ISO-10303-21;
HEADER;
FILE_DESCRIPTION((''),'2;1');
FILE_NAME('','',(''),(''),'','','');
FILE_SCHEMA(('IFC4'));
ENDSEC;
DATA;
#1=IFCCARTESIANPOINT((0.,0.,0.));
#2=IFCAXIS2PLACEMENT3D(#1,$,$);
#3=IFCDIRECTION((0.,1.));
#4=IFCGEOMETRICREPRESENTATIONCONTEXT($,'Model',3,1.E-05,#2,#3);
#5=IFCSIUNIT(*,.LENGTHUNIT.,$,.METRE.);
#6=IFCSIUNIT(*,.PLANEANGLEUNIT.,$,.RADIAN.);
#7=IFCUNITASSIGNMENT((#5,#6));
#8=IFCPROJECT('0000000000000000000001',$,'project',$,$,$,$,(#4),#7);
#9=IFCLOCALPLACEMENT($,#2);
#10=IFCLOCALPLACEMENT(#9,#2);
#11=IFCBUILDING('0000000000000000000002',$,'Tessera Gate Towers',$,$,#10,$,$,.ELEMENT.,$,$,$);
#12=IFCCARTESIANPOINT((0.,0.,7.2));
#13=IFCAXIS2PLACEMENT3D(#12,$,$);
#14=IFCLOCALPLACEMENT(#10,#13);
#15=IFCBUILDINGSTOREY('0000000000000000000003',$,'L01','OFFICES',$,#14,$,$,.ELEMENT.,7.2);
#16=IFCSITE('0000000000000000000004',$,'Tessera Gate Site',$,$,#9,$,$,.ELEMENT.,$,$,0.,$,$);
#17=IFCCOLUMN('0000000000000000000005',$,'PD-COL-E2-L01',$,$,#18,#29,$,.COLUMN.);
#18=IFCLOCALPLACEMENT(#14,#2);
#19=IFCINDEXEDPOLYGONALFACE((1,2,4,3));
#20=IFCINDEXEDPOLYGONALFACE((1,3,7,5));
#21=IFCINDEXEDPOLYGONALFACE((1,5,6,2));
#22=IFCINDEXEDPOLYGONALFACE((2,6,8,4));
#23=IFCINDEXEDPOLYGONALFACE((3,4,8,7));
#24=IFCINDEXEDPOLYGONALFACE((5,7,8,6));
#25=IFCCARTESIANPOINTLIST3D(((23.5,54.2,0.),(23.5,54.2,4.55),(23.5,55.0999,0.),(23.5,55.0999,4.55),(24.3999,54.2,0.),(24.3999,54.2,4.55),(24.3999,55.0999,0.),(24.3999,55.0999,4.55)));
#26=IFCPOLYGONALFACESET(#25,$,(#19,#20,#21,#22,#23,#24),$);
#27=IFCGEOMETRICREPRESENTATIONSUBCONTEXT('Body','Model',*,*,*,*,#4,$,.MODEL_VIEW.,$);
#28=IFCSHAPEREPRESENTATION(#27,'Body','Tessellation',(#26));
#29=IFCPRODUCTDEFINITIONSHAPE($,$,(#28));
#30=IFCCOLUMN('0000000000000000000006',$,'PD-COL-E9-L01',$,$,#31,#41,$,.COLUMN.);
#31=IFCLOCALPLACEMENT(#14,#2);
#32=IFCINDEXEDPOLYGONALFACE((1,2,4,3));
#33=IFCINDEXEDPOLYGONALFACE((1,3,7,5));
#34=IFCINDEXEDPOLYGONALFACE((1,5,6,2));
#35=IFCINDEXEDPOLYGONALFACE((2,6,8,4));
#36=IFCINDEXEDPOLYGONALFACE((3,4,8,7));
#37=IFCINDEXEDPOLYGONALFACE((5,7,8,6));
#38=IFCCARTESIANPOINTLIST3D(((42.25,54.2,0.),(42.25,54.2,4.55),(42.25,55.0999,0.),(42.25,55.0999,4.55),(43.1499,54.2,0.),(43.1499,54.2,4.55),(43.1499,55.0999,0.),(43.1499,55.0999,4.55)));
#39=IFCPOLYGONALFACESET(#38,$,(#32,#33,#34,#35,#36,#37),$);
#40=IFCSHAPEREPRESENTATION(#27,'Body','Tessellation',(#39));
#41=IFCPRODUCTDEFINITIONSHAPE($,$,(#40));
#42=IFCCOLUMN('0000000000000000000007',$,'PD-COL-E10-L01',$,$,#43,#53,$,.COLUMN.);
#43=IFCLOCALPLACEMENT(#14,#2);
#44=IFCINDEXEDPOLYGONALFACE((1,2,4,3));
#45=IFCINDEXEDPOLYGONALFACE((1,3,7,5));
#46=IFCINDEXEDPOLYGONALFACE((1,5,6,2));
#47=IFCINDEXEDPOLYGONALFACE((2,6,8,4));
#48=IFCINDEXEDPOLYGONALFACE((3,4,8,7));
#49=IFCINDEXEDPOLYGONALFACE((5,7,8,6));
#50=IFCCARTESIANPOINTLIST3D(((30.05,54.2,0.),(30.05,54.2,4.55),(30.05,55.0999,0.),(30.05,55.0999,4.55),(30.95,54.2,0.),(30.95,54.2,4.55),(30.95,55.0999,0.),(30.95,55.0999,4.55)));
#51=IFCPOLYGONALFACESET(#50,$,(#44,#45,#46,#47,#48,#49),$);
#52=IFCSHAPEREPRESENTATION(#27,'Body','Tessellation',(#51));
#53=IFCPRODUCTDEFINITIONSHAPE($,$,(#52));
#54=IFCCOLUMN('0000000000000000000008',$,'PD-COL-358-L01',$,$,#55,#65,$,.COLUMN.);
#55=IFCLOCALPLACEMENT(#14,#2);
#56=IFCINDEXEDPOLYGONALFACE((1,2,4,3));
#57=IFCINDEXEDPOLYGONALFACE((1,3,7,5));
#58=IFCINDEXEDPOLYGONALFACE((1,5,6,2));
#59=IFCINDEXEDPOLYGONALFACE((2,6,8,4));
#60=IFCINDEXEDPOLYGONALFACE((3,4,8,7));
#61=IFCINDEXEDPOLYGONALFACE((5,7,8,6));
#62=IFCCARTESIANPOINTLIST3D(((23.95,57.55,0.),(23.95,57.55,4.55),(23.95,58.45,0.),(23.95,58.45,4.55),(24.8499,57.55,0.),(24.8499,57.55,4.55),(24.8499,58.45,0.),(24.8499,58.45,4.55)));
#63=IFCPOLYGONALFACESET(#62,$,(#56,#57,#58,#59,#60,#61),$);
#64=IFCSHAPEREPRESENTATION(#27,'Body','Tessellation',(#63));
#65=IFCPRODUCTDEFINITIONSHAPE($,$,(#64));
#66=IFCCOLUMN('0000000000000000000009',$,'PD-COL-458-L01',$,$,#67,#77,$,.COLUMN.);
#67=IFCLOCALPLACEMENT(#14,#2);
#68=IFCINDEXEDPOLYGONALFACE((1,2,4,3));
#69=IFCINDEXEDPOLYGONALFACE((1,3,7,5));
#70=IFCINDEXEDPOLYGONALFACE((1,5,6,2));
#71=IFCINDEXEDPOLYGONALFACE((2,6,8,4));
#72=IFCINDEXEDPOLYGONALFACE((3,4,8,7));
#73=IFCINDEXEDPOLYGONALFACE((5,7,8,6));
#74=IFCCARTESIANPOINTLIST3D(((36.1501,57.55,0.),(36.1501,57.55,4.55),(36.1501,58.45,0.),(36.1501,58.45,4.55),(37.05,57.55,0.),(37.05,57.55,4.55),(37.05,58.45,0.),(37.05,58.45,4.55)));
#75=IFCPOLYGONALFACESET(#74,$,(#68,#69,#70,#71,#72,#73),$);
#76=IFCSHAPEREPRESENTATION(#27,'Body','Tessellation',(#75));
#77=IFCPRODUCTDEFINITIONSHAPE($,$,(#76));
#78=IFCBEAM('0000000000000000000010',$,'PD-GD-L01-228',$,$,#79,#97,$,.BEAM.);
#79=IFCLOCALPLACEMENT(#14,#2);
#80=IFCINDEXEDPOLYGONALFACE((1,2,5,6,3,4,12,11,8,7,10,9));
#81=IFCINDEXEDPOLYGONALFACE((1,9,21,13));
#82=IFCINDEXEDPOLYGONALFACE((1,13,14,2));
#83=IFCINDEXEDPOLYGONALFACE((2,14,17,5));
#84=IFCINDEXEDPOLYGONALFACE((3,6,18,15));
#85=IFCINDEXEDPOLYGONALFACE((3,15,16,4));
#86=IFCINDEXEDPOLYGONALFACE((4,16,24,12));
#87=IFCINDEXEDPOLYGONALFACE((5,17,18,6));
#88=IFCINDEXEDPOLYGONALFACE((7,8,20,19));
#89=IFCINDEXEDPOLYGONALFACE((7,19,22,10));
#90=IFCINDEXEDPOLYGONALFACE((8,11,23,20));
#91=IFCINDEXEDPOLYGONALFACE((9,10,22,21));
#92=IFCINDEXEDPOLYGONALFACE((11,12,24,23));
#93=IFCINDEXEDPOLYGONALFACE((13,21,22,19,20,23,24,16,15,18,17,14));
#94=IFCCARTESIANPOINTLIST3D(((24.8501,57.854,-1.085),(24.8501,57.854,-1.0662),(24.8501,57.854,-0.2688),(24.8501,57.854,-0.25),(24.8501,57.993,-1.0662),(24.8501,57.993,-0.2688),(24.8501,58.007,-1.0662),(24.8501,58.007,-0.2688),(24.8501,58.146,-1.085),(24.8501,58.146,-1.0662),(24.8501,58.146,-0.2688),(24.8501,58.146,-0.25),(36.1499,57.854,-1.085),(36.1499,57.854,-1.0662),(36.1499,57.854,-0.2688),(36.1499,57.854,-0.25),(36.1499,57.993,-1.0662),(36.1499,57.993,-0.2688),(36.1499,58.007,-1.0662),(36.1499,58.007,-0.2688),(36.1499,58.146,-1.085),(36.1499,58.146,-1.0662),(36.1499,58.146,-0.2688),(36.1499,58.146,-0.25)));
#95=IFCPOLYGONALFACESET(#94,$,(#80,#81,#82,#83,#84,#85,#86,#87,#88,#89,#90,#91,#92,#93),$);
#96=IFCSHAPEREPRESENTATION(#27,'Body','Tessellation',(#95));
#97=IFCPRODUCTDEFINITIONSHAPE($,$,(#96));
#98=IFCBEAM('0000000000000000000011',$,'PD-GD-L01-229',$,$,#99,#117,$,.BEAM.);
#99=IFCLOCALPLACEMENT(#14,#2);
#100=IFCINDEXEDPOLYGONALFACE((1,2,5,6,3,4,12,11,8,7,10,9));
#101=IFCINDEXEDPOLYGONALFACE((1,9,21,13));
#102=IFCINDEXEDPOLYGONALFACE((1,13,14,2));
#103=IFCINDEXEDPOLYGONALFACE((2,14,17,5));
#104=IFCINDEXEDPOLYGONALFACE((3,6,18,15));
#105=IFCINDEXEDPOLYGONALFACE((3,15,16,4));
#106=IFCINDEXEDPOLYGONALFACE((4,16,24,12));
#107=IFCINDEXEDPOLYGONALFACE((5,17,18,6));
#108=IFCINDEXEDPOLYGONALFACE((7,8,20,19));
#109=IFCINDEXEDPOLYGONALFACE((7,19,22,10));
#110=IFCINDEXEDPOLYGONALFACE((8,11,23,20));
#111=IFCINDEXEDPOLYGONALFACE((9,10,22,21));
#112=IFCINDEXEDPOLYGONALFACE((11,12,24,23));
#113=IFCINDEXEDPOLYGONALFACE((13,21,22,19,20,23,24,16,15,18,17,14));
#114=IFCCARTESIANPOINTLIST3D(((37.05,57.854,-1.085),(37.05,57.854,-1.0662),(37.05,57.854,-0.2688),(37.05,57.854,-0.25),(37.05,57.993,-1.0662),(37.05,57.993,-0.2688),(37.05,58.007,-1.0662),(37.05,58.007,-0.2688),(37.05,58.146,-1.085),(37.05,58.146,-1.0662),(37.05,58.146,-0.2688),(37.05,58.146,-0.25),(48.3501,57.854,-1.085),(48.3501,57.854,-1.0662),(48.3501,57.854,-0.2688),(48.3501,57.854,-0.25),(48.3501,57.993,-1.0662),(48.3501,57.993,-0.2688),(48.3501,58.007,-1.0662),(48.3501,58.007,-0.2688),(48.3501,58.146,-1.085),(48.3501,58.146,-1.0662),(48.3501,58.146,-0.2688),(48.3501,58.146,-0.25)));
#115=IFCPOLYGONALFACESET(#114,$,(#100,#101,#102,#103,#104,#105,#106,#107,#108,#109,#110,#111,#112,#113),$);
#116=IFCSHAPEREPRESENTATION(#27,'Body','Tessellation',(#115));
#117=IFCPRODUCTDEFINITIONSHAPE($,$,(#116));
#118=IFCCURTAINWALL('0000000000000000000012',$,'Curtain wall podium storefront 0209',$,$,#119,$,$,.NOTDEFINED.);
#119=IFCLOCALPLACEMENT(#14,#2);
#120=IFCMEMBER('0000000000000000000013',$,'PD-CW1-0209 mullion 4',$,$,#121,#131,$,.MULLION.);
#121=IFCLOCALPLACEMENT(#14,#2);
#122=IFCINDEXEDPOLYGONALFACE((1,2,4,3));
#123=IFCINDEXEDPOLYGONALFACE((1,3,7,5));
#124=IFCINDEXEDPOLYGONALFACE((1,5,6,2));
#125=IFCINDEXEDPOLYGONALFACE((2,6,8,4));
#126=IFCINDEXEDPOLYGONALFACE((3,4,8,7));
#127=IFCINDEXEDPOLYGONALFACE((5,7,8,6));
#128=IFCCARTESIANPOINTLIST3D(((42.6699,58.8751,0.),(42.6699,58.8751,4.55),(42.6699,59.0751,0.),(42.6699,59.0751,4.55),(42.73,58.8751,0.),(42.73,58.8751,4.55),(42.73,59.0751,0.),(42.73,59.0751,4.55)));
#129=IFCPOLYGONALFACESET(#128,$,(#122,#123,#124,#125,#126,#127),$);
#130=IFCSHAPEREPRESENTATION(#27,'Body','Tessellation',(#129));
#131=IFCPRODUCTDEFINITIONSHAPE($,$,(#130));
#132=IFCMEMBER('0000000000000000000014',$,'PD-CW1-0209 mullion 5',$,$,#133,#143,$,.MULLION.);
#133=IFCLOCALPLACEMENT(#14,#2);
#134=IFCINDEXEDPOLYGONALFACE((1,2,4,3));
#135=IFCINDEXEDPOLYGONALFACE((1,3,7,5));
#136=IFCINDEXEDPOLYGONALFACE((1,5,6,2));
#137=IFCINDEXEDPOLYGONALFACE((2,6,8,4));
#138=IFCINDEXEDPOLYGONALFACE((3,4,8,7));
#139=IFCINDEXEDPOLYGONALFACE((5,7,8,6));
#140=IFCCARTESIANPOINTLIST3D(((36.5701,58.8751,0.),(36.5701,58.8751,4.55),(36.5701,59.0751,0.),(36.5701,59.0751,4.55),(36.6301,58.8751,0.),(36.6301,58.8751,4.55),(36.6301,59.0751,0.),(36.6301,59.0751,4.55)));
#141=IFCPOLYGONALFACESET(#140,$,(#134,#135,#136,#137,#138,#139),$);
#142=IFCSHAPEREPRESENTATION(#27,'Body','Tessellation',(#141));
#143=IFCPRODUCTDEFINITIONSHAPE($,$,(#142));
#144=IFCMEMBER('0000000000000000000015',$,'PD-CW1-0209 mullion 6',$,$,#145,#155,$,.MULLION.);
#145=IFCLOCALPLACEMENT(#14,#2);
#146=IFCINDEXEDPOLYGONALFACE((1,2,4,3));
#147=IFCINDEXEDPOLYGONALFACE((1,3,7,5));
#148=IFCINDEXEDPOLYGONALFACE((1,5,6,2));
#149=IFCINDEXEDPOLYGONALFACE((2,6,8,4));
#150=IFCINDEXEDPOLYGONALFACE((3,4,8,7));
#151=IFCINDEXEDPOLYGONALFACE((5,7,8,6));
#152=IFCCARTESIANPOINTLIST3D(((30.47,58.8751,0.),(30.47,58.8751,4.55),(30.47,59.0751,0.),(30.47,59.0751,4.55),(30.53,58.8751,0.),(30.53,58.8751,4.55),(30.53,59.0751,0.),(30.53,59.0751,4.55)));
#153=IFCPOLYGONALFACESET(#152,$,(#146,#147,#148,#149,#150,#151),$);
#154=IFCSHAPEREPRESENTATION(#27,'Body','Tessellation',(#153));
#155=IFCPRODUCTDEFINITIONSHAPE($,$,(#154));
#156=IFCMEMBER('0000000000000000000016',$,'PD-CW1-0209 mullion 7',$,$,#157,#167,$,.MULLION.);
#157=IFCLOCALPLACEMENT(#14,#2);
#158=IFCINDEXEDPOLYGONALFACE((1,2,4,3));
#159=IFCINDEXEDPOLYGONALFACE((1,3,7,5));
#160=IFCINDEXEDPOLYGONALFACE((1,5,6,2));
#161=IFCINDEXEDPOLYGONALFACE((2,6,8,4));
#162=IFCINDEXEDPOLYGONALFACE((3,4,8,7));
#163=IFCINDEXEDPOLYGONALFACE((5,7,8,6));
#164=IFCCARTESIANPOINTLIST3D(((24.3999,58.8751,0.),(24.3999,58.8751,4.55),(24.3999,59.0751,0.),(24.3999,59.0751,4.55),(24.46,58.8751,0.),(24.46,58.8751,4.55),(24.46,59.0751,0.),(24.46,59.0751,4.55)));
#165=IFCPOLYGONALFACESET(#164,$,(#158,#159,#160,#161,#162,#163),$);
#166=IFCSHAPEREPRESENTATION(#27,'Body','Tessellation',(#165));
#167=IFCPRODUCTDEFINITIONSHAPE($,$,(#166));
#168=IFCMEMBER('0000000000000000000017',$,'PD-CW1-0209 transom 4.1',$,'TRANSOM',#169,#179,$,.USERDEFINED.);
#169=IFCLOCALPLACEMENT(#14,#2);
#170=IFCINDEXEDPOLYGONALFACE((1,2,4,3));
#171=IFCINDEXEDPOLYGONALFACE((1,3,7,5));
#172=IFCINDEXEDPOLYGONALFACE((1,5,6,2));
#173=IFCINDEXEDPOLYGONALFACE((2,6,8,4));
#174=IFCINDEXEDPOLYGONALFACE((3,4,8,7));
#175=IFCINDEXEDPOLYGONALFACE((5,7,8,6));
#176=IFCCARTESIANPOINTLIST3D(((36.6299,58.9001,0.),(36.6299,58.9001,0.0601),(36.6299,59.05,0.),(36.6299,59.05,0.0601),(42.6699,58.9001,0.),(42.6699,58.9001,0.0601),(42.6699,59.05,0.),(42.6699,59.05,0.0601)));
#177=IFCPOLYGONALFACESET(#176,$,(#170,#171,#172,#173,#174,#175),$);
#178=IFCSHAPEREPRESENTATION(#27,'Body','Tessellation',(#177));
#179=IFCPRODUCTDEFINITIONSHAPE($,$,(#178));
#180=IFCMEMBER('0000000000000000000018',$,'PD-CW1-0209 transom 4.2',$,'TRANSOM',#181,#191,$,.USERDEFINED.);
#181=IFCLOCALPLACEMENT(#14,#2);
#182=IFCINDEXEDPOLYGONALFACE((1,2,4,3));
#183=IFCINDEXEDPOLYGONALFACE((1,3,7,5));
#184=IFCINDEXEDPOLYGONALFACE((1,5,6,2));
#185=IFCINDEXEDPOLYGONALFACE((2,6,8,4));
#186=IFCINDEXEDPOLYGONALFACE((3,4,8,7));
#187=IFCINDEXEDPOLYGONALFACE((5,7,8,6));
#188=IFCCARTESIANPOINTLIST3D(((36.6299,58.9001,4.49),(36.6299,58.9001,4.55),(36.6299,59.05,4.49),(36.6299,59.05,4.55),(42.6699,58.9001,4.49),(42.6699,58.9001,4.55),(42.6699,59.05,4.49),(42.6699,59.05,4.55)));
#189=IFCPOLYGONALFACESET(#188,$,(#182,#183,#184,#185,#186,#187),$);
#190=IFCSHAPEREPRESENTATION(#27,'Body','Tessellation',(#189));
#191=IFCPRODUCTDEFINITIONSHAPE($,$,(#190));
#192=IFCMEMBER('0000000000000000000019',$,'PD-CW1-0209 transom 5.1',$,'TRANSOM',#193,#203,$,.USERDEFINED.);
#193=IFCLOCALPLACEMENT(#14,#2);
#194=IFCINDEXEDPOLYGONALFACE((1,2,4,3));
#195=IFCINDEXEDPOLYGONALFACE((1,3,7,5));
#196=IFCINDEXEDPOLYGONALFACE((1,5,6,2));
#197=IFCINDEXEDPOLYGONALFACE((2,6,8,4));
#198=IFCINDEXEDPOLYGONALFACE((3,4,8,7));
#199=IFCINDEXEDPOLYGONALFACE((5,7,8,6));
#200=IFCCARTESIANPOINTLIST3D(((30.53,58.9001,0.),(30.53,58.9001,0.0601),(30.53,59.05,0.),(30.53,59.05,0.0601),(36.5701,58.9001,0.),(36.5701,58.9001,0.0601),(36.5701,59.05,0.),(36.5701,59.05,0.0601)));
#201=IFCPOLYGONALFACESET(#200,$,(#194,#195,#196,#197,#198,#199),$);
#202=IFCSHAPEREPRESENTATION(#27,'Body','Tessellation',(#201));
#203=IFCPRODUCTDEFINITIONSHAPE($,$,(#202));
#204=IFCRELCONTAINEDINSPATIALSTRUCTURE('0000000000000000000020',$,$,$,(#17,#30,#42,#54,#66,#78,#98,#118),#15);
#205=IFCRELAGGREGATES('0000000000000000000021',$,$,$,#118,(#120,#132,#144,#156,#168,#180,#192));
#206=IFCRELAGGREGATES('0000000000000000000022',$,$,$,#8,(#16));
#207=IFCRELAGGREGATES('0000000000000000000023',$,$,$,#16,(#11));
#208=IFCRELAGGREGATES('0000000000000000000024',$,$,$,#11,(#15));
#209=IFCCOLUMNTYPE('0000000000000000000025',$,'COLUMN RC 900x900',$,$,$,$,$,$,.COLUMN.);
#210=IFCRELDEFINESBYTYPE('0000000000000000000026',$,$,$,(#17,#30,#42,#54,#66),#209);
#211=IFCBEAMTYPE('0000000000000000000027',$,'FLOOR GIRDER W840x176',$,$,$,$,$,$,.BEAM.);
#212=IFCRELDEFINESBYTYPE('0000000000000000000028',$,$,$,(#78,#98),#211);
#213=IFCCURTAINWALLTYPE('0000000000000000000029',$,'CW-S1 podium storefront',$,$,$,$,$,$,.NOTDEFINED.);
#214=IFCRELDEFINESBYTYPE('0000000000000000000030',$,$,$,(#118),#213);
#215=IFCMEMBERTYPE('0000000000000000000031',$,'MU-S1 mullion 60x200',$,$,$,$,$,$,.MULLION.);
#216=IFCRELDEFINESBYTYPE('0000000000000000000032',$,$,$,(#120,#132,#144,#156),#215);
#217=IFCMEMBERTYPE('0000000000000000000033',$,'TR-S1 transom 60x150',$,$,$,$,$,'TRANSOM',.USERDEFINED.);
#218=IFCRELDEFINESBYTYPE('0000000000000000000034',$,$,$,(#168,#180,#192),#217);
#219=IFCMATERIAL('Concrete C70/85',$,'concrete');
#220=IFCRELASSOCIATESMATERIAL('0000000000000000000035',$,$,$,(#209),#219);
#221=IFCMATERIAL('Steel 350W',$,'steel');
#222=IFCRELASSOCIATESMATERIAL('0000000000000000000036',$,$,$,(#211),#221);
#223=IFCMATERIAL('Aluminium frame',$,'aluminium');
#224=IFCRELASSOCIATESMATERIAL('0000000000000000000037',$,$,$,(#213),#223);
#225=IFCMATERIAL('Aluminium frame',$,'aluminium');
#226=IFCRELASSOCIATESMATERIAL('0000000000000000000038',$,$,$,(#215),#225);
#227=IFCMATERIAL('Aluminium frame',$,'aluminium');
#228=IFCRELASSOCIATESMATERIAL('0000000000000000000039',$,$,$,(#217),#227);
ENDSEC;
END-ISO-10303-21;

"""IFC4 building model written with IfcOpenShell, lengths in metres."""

from ifc_helpers import new_model, si_unit, direction, frame, origin, origin_2d, place, context, subcontext, project, spatial, rectangle, i_section, extrude, material, material_profile, profile_set, type_object, element, aggregate, save


model = new_model("IFC4")

# Units and contexts
model_context = context("Model", 3, precision=1e-05, world=origin(), true_north=direction((0.0, 1.0)))
body_context = subcontext(model_context, "Body", "Model", "MODEL_VIEW")
ifc_project = project(units=[si_unit("LENGTHUNIT", "METRE"), si_unit("PLANEANGLEUNIT", "RADIAN")], contexts=[model_context])

# Site, building, storey
site_placement = place(None, origin())
site = spatial("IfcSite", under=ifc_project, at=site_placement, Name="Tessera Gate Site", CompositionType="ELEMENT", RefElevation=0.0)
building_placement = place(site_placement, origin())
building = spatial("IfcBuilding", under=site, at=building_placement, Name="Tessera Gate Towers", CompositionType="ELEMENT")
storey_placement = place(building_placement, frame((0.0, 0.0, 7.2)))
storey = spatial("IfcBuildingStorey", under=building, at=storey_placement, Name="L01", Description="OFFICES", CompositionType="ELEMENT", Elevation=7.2)

# Columns
ifc_material_1 = material(Name="Concrete C70/85", Category="concrete")
ifc_material_profile_1 = material_profile(ifc_material_1, rectangle(XDim=0.8999, YDim=0.8999, at=origin_2d()), Name="RC 900x900")
ifc_profile_set_1 = profile_set([ifc_material_profile_1], Name="Concrete C70/85")
column_type = type_object("IfcColumnType", Name="COLUMN RC 900x900", PredefinedType="COLUMN", material=ifc_profile_set_1)
for number, where, z_axis, x_axis, name in (
    (1, (23.95, 54.6499, 0.0), (0.0, 0.0, 1.0), (1.0, 0.0, 0.0), "PD-COL-E2-L01"),
    (2, (42.7, 54.6499, 0.0), (0.0, 0.0, 1.0), (1.0, 0.0, 0.0), "PD-COL-E9-L01"),
    (3, (30.5, 54.6499, 0.0), (0.0, 0.0, 1.0), (1.0, 0.0, 0.0), "PD-COL-E10-L01"),
    (4, (24.3999, 58.0, 0.0), (0.0, 0.0, 1.0), (1.0, 0.0, 0.0), "PD-COL-358-L01"),
    (5, (36.6001, 58.0, 0.0), (0.0, 0.0, 1.0), (1.0, 0.0, 0.0), "PD-COL-458-L01"),
):
    element("IfcColumn", number, at=place(storey_placement, frame(where, z_axis=z_axis, x_axis=x_axis)), inside=storey, type_object=column_type, Name=name, PredefinedType="COLUMN", context=body_context, shape_type="SweptSolid", body=[
        extrude(rectangle(XDim=0.8999, YDim=0.8999, at=origin_2d()), origin(), (0.0, 0.0, 1.0), 4.55),
    ])

# Beams
ifc_material_2 = material(Name="Steel 350W", Category="steel")
ifc_material_profile_2 = material_profile(ifc_material_2, i_section(OverallWidth=0.292, OverallDepth=0.835, WebThickness=0.0139, FlangeThickness=0.0188, at=origin_2d()), Name="W840x176")
ifc_profile_set_2 = profile_set([ifc_material_profile_2], Name="Steel 350W")
beam_type = type_object("IfcBeamType", Name="FLOOR GIRDER W840x176", PredefinedType="BEAM", material=ifc_profile_set_2)
beam_1_placement = place(storey_placement, frame((24.8501, 58.0, -0.6675), z_axis=(1.0, 0.0, 0.0), x_axis=(0.0, 1.0, 0.0)))
element("IfcBeam", 6, at=beam_1_placement, inside=storey, type_object=beam_type, Name="PD-GD-L01-228", PredefinedType="BEAM", context=body_context, shape_type="SweptSolid", body=[
    extrude(i_section(OverallWidth=0.292, OverallDepth=0.835, WebThickness=0.0139, FlangeThickness=0.0188, at=origin_2d()), origin(), (0.0, 0.0, 1.0), 11.2998),
])
beam_2_placement = place(storey_placement, frame((37.05, 58.0, -0.6675), z_axis=(1.0, 0.0, 0.0), x_axis=(0.0, 1.0, 0.0)))
element("IfcBeam", 7, at=beam_2_placement, inside=storey, type_object=beam_type, Name="PD-GD-L01-229", PredefinedType="BEAM", context=body_context, shape_type="SweptSolid", body=[
    extrude(i_section(OverallWidth=0.292, OverallDepth=0.835, WebThickness=0.0139, FlangeThickness=0.0188, at=origin_2d()), origin(), (0.0, 0.0, 1.0), 11.3),
])

# Curtain wall, members
ifc_material_3 = material(Name="Aluminium frame", Category="aluminium")
curtain_wall_type = type_object("IfcCurtainWallType", Name="CW-S1 podium storefront", PredefinedType="NOTDEFINED", material=ifc_material_3)
curtain_wall_placement = place(storey_placement, origin())
curtain_wall = element("IfcCurtainWall", 8, at=curtain_wall_placement, inside=storey, type_object=curtain_wall_type, Name="Curtain wall podium storefront 0209", PredefinedType="NOTDEFINED")
ifc_material_4 = material(Name="Aluminium frame", Category="aluminium")
ifc_material_profile_3 = material_profile(ifc_material_4, rectangle(XDim=0.0601, YDim=0.2, at=origin_2d()), Name="AL 60x200")
ifc_profile_set_3 = profile_set([ifc_material_profile_3], Name="Aluminium frame")
member_type_1 = type_object("IfcMemberType", Name="MU-S1 mullion 60x200", PredefinedType="MULLION", material=ifc_profile_set_3)
member_1_placement = place(storey_placement, frame((42.7, 58.9751, 0.0), z_axis=(0.0, 0.0, 1.0), x_axis=(-1.0, 0.0, 0.0)))
member_1 = element("IfcMember", 9, at=member_1_placement, type_object=member_type_1, Name="PD-CW1-0209 mullion 4", PredefinedType="MULLION", context=body_context, shape_type="SweptSolid", body=[
    extrude(rectangle(XDim=0.0601, YDim=0.2, at=origin_2d()), origin(), (0.0, 0.0, 1.0), 4.55),
])
member_2_placement = place(storey_placement, frame((36.6001, 58.9751, 0.0), z_axis=(0.0, 0.0, 1.0), x_axis=(-1.0, 0.0, 0.0)))
member_2 = element("IfcMember", 10, at=member_2_placement, type_object=member_type_1, Name="PD-CW1-0209 mullion 5", PredefinedType="MULLION", context=body_context, shape_type="SweptSolid", body=[
    extrude(rectangle(XDim=0.0601, YDim=0.2, at=origin_2d()), origin(), (0.0, 0.0, 1.0), 4.55),
])
member_3_placement = place(storey_placement, frame((30.5, 58.9751, 0.0), z_axis=(0.0, 0.0, 1.0), x_axis=(-1.0, 0.0, 0.0)))
member_3 = element("IfcMember", 11, at=member_3_placement, type_object=member_type_1, Name="PD-CW1-0209 mullion 6", PredefinedType="MULLION", context=body_context, shape_type="SweptSolid", body=[
    extrude(rectangle(XDim=0.0601, YDim=0.2, at=origin_2d()), origin(), (0.0, 0.0, 1.0), 4.55),
])
member_4_placement = place(storey_placement, frame((24.4299, 58.9751, 0.0), z_axis=(0.0, 0.0, 1.0), x_axis=(-1.0, 0.0, 0.0)))
member_4 = element("IfcMember", 12, at=member_4_placement, type_object=member_type_1, Name="PD-CW1-0209 mullion 7", PredefinedType="MULLION", context=body_context, shape_type="SweptSolid", body=[
    extrude(rectangle(XDim=0.0601, YDim=0.2, at=origin_2d()), origin(), (0.0, 0.0, 1.0), 4.55),
])
ifc_material_5 = material(Name="Aluminium frame", Category="aluminium")
ifc_material_profile_4 = material_profile(ifc_material_5, rectangle(XDim=0.1499, YDim=0.0601, at=origin_2d()), Name="AL 60x150")
ifc_profile_set_4 = profile_set([ifc_material_profile_4], Name="Aluminium frame")
member_type_2 = type_object("IfcMemberType", Name="TR-S1 transom 60x150", ElementType="TRANSOM", PredefinedType="USERDEFINED", material=ifc_profile_set_4)
member_5_placement = place(storey_placement, frame((42.6699, 58.9751, 0.03), z_axis=(-1.0, 0.0, 0.0), x_axis=(0.0, -1.0, 0.0)))
member_5 = element("IfcMember", 13, at=member_5_placement, type_object=member_type_2, Name="PD-CW1-0209 transom 4.1", ObjectType="TRANSOM", PredefinedType="USERDEFINED", context=body_context, shape_type="SweptSolid", body=[
    extrude(rectangle(XDim=0.1499, YDim=0.0601, at=origin_2d()), origin(), (0.0, 0.0, 1.0), 6.04),
])
member_6_placement = place(storey_placement, frame((42.6699, 58.9751, 4.52), z_axis=(-1.0, 0.0, 0.0), x_axis=(0.0, -1.0, 0.0)))
member_6 = element("IfcMember", 14, at=member_6_placement, type_object=member_type_2, Name="PD-CW1-0209 transom 4.2", ObjectType="TRANSOM", PredefinedType="USERDEFINED", context=body_context, shape_type="SweptSolid", body=[
    extrude(rectangle(XDim=0.1499, YDim=0.0601, at=origin_2d()), origin(), (0.0, 0.0, 1.0), 6.04),
])
member_7_placement = place(storey_placement, frame((36.5701, 58.9751, 0.03), z_axis=(-1.0, 0.0, 0.0), x_axis=(0.0, -1.0, 0.0)))
member_7 = element("IfcMember", 15, at=member_7_placement, type_object=member_type_2, Name="PD-CW1-0209 transom 5.1", ObjectType="TRANSOM", PredefinedType="USERDEFINED", context=body_context, shape_type="SweptSolid", body=[
    extrude(rectangle(XDim=0.1499, YDim=0.0601, at=origin_2d()), origin(), (0.0, 0.0, 1.0), 6.04),
])
aggregate(curtain_wall, [member_1, member_2, member_3, member_4, member_5, member_6, member_7])

save(model, "model.ifc")
